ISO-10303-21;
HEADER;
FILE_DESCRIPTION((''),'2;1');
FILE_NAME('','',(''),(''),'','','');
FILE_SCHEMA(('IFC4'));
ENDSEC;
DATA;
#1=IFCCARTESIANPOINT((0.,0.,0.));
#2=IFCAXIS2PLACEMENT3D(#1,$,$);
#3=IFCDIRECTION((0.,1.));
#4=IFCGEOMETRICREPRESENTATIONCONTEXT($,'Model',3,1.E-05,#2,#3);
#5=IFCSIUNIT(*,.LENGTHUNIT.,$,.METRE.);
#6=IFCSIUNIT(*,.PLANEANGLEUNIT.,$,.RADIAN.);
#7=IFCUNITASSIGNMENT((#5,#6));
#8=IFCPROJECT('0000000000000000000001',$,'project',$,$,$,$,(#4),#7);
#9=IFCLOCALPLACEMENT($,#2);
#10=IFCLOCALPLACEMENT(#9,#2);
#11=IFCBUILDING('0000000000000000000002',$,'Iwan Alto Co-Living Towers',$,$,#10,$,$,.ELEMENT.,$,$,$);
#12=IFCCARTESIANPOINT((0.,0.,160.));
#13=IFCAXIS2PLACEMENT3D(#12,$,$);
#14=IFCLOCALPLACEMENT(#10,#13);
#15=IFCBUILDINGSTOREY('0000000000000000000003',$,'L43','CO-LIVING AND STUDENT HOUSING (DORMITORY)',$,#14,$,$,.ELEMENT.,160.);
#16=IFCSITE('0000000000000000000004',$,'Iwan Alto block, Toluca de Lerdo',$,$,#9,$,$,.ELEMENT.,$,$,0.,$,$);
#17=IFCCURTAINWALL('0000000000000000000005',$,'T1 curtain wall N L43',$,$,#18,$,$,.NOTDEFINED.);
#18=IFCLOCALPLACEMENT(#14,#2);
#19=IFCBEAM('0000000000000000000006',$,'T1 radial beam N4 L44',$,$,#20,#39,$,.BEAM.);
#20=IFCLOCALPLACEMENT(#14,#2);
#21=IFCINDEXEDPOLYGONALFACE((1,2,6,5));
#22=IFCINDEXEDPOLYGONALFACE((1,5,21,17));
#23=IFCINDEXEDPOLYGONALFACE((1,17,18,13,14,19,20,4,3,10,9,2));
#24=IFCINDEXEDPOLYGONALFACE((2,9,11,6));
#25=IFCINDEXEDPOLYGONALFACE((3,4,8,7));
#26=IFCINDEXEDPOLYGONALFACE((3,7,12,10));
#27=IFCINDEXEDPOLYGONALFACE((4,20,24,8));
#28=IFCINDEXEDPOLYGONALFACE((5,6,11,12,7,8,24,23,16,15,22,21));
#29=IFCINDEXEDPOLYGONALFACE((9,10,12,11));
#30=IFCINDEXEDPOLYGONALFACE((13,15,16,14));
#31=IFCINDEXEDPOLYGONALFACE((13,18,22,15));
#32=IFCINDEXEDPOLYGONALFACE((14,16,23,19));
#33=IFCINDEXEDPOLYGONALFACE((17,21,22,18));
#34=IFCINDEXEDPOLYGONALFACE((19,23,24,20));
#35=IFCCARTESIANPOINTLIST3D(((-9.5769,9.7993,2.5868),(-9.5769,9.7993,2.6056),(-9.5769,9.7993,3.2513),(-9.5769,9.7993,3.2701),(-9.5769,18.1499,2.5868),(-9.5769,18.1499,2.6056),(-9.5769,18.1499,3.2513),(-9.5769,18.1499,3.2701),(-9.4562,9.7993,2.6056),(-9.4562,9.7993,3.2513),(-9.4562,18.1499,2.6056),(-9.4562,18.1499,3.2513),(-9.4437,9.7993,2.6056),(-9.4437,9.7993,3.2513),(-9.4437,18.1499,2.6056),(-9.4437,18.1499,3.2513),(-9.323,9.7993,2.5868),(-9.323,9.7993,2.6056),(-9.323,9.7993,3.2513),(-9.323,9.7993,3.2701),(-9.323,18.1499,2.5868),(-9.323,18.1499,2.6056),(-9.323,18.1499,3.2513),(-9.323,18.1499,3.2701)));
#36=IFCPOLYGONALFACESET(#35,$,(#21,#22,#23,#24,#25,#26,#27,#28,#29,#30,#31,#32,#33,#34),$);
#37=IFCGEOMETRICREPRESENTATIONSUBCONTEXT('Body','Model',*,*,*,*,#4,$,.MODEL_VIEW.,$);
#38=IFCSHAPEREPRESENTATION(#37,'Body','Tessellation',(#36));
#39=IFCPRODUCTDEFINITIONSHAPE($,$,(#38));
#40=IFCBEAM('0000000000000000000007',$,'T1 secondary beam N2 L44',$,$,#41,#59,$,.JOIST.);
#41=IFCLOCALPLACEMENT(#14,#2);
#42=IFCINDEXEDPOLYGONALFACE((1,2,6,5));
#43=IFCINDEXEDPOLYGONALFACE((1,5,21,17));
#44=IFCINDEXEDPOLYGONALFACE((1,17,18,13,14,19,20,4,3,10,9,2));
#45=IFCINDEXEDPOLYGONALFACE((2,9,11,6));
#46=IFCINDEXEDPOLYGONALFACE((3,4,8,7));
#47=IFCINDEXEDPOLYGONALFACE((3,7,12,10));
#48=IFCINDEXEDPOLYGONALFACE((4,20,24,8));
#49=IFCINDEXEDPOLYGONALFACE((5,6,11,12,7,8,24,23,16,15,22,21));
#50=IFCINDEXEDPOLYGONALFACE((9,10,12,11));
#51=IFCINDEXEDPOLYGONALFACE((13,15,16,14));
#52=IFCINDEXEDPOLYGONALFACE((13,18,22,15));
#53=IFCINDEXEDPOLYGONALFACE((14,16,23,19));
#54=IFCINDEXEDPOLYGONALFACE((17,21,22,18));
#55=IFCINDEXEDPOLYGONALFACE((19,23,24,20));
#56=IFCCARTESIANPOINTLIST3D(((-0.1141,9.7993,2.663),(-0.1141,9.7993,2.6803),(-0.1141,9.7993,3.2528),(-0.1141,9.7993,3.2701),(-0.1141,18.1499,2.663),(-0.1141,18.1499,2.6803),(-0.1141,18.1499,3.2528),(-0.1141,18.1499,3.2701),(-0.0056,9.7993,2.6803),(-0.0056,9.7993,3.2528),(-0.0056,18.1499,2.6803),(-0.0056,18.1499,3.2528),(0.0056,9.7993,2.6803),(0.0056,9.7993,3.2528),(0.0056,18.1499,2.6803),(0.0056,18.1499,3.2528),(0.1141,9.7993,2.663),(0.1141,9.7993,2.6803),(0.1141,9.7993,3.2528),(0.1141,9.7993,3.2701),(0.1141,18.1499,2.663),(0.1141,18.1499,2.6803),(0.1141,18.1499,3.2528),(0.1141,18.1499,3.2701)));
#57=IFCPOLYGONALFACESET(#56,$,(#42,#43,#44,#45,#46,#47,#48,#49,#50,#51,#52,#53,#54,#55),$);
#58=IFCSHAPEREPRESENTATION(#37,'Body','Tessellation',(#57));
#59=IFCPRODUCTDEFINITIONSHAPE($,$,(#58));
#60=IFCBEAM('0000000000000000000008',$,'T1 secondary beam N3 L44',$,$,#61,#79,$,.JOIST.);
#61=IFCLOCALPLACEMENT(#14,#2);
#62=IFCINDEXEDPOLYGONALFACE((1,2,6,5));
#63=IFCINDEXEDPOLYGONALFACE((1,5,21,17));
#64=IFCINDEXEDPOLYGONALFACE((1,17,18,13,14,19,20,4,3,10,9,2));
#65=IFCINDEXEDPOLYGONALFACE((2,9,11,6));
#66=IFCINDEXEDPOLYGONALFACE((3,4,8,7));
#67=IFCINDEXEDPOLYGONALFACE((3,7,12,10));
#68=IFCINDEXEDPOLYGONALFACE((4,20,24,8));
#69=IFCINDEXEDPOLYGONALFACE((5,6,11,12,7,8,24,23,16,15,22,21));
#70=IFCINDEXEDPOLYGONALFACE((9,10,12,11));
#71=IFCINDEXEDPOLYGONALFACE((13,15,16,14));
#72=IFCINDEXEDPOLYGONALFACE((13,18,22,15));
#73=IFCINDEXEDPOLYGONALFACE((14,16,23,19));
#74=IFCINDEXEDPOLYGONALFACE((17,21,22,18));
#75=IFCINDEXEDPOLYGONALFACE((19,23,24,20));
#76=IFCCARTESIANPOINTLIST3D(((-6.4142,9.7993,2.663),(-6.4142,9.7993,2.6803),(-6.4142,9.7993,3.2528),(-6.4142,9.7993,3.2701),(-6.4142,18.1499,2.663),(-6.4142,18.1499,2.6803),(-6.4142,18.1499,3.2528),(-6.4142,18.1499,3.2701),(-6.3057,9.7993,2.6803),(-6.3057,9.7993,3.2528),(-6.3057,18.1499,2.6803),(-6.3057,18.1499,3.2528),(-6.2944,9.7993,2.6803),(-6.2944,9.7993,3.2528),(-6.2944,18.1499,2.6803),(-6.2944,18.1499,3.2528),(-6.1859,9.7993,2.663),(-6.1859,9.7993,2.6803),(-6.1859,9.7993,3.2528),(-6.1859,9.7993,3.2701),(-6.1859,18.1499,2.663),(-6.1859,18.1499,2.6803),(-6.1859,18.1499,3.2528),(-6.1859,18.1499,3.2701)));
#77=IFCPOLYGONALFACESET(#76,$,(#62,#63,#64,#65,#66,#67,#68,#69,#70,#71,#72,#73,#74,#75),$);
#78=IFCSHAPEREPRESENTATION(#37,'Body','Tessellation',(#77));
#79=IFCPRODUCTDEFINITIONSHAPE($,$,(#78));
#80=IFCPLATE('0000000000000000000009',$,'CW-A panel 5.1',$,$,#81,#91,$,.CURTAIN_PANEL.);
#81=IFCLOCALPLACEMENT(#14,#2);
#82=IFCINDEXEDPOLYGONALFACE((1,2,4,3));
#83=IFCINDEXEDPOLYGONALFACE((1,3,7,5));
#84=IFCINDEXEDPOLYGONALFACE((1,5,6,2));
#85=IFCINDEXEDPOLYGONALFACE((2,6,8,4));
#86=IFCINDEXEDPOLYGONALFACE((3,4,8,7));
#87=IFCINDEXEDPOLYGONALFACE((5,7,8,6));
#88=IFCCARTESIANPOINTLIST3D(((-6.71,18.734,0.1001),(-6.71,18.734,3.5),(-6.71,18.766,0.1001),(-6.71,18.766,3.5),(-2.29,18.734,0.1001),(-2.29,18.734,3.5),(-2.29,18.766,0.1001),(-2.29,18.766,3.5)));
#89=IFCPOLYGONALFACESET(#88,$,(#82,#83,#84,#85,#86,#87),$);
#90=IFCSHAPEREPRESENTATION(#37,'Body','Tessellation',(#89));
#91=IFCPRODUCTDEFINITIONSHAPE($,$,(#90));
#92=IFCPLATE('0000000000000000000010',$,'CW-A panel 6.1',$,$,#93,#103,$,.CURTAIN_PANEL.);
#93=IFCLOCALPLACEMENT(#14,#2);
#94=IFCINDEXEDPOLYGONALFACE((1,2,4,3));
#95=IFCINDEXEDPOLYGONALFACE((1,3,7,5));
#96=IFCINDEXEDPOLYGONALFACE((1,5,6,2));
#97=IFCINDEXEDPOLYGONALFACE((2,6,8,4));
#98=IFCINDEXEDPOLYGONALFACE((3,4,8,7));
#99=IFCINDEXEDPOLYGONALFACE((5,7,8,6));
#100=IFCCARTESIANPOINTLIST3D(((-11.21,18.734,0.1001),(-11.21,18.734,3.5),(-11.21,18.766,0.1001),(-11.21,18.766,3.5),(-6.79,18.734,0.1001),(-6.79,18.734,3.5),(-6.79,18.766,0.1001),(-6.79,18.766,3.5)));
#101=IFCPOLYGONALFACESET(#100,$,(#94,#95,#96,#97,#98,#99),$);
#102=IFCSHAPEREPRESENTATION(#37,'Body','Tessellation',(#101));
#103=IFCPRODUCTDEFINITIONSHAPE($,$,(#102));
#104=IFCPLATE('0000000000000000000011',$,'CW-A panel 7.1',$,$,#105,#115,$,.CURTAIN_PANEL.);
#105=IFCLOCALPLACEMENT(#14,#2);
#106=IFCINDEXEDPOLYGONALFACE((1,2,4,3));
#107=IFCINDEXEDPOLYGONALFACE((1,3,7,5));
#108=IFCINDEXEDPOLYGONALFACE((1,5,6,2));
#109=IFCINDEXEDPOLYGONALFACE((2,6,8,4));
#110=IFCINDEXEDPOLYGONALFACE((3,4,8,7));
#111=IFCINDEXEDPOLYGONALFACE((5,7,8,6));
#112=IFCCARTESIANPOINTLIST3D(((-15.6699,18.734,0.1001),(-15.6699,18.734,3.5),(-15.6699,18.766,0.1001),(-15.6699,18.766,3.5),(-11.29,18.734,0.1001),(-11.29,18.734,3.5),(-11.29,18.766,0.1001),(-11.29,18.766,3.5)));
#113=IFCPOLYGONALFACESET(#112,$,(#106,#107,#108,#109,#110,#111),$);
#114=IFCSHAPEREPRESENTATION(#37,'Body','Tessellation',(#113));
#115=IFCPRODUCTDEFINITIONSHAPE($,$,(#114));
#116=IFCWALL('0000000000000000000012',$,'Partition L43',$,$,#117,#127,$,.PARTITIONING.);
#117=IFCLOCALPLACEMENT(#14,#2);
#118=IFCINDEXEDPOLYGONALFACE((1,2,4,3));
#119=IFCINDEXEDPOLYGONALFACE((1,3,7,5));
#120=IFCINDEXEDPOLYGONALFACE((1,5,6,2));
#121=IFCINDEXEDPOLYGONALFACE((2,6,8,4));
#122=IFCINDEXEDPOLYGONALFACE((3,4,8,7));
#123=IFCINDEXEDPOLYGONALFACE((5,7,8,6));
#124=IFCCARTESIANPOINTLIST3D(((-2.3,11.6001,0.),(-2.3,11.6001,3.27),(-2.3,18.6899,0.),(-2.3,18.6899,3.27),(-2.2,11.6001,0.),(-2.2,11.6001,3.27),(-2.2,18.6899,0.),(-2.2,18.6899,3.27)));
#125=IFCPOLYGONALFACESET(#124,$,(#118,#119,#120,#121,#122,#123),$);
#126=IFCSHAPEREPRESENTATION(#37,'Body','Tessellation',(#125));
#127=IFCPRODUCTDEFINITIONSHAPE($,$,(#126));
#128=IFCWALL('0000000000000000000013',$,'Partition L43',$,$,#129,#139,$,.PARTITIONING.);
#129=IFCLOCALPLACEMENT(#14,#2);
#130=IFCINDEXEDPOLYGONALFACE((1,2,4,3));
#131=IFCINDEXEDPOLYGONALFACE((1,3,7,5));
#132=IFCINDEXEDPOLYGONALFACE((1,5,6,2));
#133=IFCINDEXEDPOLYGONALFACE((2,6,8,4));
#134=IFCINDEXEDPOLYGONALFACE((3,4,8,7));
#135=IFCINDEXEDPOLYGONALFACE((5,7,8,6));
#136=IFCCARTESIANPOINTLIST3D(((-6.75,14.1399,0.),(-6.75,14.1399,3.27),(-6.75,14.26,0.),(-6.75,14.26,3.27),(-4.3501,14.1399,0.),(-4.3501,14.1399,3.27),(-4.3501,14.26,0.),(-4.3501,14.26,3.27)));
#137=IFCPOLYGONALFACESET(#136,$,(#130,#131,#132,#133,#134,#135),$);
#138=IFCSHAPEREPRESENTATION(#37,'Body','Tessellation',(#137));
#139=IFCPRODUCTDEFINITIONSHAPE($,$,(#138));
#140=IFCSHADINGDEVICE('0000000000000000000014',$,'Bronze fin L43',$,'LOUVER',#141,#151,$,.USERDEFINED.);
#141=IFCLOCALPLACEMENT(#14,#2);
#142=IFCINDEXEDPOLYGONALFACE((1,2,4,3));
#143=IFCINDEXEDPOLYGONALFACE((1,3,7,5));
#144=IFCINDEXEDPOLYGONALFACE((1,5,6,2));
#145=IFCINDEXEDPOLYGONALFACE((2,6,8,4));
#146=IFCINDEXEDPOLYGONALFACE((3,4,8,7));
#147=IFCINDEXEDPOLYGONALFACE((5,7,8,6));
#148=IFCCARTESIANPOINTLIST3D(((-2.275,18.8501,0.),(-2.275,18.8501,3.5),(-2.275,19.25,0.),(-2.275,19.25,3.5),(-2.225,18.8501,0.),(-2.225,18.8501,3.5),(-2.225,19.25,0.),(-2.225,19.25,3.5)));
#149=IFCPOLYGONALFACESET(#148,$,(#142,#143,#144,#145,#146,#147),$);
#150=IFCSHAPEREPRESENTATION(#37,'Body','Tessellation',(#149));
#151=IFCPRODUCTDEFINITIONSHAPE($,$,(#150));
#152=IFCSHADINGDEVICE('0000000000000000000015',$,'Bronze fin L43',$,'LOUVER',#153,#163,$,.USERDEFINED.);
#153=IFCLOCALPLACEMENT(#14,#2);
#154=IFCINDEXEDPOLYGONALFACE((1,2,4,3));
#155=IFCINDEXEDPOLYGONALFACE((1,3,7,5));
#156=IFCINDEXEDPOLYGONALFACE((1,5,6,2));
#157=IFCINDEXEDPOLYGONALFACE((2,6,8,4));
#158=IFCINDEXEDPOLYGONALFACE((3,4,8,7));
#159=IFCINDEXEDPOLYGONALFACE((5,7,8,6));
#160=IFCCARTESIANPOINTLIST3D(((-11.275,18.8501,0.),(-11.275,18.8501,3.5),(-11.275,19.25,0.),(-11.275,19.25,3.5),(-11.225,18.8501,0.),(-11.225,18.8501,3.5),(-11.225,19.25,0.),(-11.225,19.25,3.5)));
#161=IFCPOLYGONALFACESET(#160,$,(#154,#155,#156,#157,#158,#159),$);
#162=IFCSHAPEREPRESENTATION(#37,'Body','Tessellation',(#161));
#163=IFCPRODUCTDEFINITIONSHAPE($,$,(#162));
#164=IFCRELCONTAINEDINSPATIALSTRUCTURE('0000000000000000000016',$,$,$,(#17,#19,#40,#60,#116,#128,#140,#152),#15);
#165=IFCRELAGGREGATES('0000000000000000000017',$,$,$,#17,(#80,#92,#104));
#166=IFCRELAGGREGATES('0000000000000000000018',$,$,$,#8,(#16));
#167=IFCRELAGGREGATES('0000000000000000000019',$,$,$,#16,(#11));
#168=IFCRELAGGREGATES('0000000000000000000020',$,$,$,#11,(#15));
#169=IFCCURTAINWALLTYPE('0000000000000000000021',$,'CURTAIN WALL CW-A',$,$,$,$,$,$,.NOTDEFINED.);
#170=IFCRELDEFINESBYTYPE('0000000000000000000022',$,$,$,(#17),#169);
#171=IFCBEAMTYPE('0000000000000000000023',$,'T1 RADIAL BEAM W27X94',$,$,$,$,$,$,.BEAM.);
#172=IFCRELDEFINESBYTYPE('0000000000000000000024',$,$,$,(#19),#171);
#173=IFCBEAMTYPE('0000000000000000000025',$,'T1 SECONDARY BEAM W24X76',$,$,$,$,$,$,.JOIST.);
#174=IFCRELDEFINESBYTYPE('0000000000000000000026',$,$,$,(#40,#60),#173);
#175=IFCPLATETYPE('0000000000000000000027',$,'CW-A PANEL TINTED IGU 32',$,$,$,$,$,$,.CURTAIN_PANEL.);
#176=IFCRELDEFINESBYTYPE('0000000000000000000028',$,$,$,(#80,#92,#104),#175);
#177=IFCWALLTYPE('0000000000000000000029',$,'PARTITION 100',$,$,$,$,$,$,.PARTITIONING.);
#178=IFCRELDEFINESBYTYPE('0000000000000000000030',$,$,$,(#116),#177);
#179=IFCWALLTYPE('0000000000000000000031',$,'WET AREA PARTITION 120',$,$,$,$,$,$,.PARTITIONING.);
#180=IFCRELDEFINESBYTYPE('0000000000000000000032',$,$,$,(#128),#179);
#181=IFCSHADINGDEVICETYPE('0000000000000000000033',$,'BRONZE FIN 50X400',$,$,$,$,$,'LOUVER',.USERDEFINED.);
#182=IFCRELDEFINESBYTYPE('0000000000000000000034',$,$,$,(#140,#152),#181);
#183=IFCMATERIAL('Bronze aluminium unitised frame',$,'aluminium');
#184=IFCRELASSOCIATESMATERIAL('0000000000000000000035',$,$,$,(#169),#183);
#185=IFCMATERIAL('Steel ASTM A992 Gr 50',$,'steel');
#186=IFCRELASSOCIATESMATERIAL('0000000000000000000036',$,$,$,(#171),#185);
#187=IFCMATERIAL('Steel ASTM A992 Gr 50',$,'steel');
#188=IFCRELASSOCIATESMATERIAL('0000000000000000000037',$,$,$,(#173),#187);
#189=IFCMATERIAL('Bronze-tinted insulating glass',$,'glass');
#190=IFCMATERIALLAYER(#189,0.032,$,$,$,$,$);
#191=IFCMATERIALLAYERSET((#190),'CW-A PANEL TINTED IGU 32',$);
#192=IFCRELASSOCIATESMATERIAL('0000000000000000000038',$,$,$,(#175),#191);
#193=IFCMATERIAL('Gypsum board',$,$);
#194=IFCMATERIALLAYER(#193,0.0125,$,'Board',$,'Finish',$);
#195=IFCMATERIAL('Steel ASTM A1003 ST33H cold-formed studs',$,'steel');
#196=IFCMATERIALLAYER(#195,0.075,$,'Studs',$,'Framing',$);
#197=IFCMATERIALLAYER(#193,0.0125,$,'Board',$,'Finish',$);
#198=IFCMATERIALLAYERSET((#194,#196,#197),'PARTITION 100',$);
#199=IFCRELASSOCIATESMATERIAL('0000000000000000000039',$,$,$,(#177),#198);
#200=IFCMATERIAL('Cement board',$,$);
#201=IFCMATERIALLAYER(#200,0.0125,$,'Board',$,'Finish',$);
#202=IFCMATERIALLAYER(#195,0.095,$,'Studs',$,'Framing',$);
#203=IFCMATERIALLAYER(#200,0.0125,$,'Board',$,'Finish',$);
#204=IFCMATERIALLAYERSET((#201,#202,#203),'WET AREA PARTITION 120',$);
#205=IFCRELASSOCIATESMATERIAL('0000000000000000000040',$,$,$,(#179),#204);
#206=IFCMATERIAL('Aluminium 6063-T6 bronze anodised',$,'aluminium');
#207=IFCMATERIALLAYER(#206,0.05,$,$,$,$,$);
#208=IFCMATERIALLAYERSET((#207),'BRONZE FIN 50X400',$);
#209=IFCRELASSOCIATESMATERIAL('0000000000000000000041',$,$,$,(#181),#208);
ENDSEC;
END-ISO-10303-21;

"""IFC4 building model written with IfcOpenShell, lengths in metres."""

from ifc_helpers import new_model, si_unit, direction, frame, frame_2d, origin, origin_2d, place, context, subcontext, project, spatial, rectangle, i_section, extrude, material, layer, layer_set, material_profile, profile_set, type_object, element, aggregate, save


model = new_model("IFC4")

# Units and contexts
model_context = context("Model", 3, precision=1e-05, world=origin(), true_north=direction((0.0, 1.0)))
body_context = subcontext(model_context, "Body", "Model", "MODEL_VIEW")
ifc_project = project(units=[si_unit("LENGTHUNIT", "METRE"), si_unit("PLANEANGLEUNIT", "RADIAN")], contexts=[model_context])

# Site, building, storey
site_placement = place(None, origin())
site = spatial("IfcSite", under=ifc_project, at=site_placement, Name="Iwan Alto block, Toluca de Lerdo", CompositionType="ELEMENT", RefElevation=0.0)
building_placement = place(site_placement, origin())
building = spatial("IfcBuilding", under=site, at=building_placement, Name="Iwan Alto Co-Living Towers", CompositionType="ELEMENT")
storey_placement = place(building_placement, frame((0.0, 0.0, 160.0)))
storey = spatial("IfcBuildingStorey", under=building, at=storey_placement, Name="L43", Description="CO-LIVING AND STUDENT HOUSING (DORMITORY)", CompositionType="ELEMENT", Elevation=160.0)

# Curtain wall
ifc_material_1 = material(Name="Bronze aluminium unitised frame", Category="aluminium")
curtain_wall_type = type_object("IfcCurtainWallType", Name="CURTAIN WALL CW-A", PredefinedType="NOTDEFINED", material=ifc_material_1)
curtain_wall_placement = place(storey_placement, origin())
curtain_wall = element("IfcCurtainWall", 1, at=curtain_wall_placement, inside=storey, type_object=curtain_wall_type, Name="T1 curtain wall N L43", PredefinedType="NOTDEFINED")

# Beams
ifc_material_2 = material(Name="Steel ASTM A992 Gr 50", Category="steel")
ifc_material_profile_1 = material_profile(ifc_material_2, i_section(OverallWidth=0.2539, OverallDepth=0.6833, WebThickness=0.0125, FlangeThickness=0.0188, at=origin_2d()), Name="W27X94")
ifc_profile_set_1 = profile_set([ifc_material_profile_1], Name="Steel ASTM A992 Gr 50")
beam_type_1 = type_object("IfcBeamType", Name="T1 RADIAL BEAM W27X94", PredefinedType="BEAM", material=ifc_profile_set_1)
for number, where, z_axis, x_axis, name in (
    (2, (-9.45, 18.1499, 2.9285), (0.0, -1.0, 0.0), (1.0, 0.0, 0.0), "T1 radial beam N4 L44"),
):
    element("IfcBeam", number, at=place(storey_placement, frame(where, z_axis=z_axis, x_axis=x_axis)), inside=storey, type_object=beam_type_1, Name=name, PredefinedType="BEAM", context=body_context, shape_type="SweptSolid", body=[
        extrude(i_section(OverallWidth=0.2539, OverallDepth=0.6833, WebThickness=0.0125, FlangeThickness=0.0188, at=origin_2d()), origin(), (0.0, 0.0, 1.0), 8.3506),
    ])
ifc_material_3 = material(Name="Steel ASTM A992 Gr 50", Category="steel")
ifc_material_profile_2 = material_profile(ifc_material_3, i_section(OverallWidth=0.2283, OverallDepth=0.6072, WebThickness=0.0112, FlangeThickness=0.0173, at=origin_2d()), Name="W24X76")
ifc_profile_set_2 = profile_set([ifc_material_profile_2], Name="Steel ASTM A992 Gr 50")
beam_type_2 = type_object("IfcBeamType", Name="T1 SECONDARY BEAM W24X76", PredefinedType="JOIST", material=ifc_profile_set_2)
for number, where, z_axis, x_axis, name in (
    (3, (0.0, 18.1499, 2.9666), (0.0, -1.0, 0.0), (1.0, 0.0, 0.0), "T1 secondary beam N2 L44"),
    (4, (-6.3, 18.1499, 2.9666), (0.0, -1.0, 0.0), (1.0, 0.0, 0.0), "T1 secondary beam N3 L44"),
):
    element("IfcBeam", number, at=place(storey_placement, frame(where, z_axis=z_axis, x_axis=x_axis)), inside=storey, type_object=beam_type_2, Name=name, PredefinedType="JOIST", context=body_context, shape_type="SweptSolid", body=[
        extrude(i_section(OverallWidth=0.2283, OverallDepth=0.6072, WebThickness=0.0112, FlangeThickness=0.0173, at=origin_2d()), origin(), (0.0, 0.0, 1.0), 8.3506),
    ])

# Plates
ifc_material_4 = material(Name="Bronze-tinted insulating glass", Category="glass")
ifc_layer_1 = layer(ifc_material_4, 0.032)
ifc_layer_set_1 = layer_set([ifc_layer_1], Name="CW-A PANEL TINTED IGU 32")
plate_type = type_object("IfcPlateType", Name="CW-A PANEL TINTED IGU 32", PredefinedType="CURTAIN_PANEL", material=ifc_layer_set_1)
plate_1_placement = place(storey_placement, frame((-4.5, 18.75, 0.1001), z_axis=(0.0, 0.0, 1.0), x_axis=(-1.0, 0.0, 0.0)))
plate_1 = element("IfcPlate", 5, at=plate_1_placement, type_object=plate_type, Name="CW-A panel 5.1", PredefinedType="CURTAIN_PANEL", context=body_context, shape_type="SweptSolid", body=[
    extrude(rectangle(XDim=4.4199, YDim=0.032, at=origin_2d()), origin(), (0.0, 0.0, 1.0), 3.3999),
])
plate_2_placement = place(storey_placement, frame((-9.0, 18.75, 0.1001), z_axis=(0.0, 0.0, 1.0), x_axis=(-1.0, 0.0, 0.0)))
plate_2 = element("IfcPlate", 6, at=plate_2_placement, type_object=plate_type, Name="CW-A panel 6.1", PredefinedType="CURTAIN_PANEL", context=body_context, shape_type="SweptSolid", body=[
    extrude(rectangle(XDim=4.4199, YDim=0.032, at=origin_2d()), origin(), (0.0, 0.0, 1.0), 3.3999),
])
plate_3_placement = place(storey_placement, frame((-13.48, 18.75, 0.1001), z_axis=(0.0, 0.0, 1.0), x_axis=(-1.0, 0.0, 0.0)))
plate_3 = element("IfcPlate", 7, at=plate_3_placement, type_object=plate_type, Name="CW-A panel 7.1", PredefinedType="CURTAIN_PANEL", context=body_context, shape_type="SweptSolid", body=[
    extrude(rectangle(XDim=4.3799, YDim=0.032, at=origin_2d()), origin(), (0.0, 0.0, 1.0), 3.3999),
])
aggregate(curtain_wall, [plate_1, plate_2, plate_3])

# Walls
ifc_material_5 = material(Name="Gypsum board")
ifc_layer_2 = layer(ifc_material_5, 0.0125, Name="Board", Category="Finish")
ifc_material_6 = material(Name="Steel ASTM A1003 ST33H cold-formed studs", Category="steel")
ifc_layer_3 = layer(ifc_material_6, 0.075, Name="Studs", Category="Framing")
ifc_layer_4 = layer(ifc_material_5, 0.0125, Name="Board", Category="Finish")
ifc_layer_set_2 = layer_set([ifc_layer_2, ifc_layer_3, ifc_layer_4], Name="PARTITION 100")
wall_type_1 = type_object("IfcWallType", Name="PARTITION 100", PredefinedType="PARTITIONING", material=ifc_layer_set_2)
wall_1_placement = place(storey_placement, frame((-2.25, 11.6001, 0.0), z_axis=(0.0, 0.0, 1.0), x_axis=(0.0, 1.0, 0.0)))
element("IfcWall", 8, at=wall_1_placement, inside=storey, type_object=wall_type_1, Name="Partition L43", PredefinedType="PARTITIONING", context=body_context, shape_type="SweptSolid", body=[
    extrude(rectangle(XDim=7.0898, YDim=0.1001, at=frame_2d((3.5449, 0.0))), origin(), (0.0, 0.0, 1.0), 3.27),
])
ifc_material_7 = material(Name="Cement board")
ifc_layer_5 = layer(ifc_material_7, 0.0125, Name="Board", Category="Finish")
ifc_layer_6 = layer(ifc_material_6, 0.095, Name="Studs", Category="Framing")
ifc_layer_7 = layer(ifc_material_7, 0.0125, Name="Board", Category="Finish")
ifc_layer_set_3 = layer_set([ifc_layer_5, ifc_layer_6, ifc_layer_7], Name="WET AREA PARTITION 120")
wall_type_2 = type_object("IfcWallType", Name="WET AREA PARTITION 120", PredefinedType="PARTITIONING", material=ifc_layer_set_3)
wall_2_placement = place(storey_placement, frame((-6.75, 14.2, 0.0), z_axis=(0.0, 0.0, 1.0), x_axis=(1.0, 0.0, 0.0)))
element("IfcWall", 9, at=wall_2_placement, inside=storey, type_object=wall_type_2, Name="Partition L43", PredefinedType="PARTITIONING", context=body_context, shape_type="SweptSolid", body=[
    extrude(rectangle(XDim=2.3999, YDim=0.1201, at=frame_2d((1.2, 0.0))), origin(), (0.0, 0.0, 1.0), 3.27),
])

# Shading devices
ifc_material_8 = material(Name="Aluminium 6063-T6 bronze anodised", Category="aluminium")
ifc_layer_8 = layer(ifc_material_8, 0.05)
ifc_layer_set_4 = layer_set([ifc_layer_8], Name="BRONZE FIN 50X400")
shading_device_type = type_object("IfcShadingDeviceType", Name="BRONZE FIN 50X400", ElementType="LOUVER", PredefinedType="USERDEFINED", material=ifc_layer_set_4)
for number, where, z_axis, x_axis, name in (
    (10, (-2.25, 19.05, 0.0), (0.0, 0.0, 1.0), (-1.0, 0.0, 0.0), "Bronze fin L43"),
    (11, (-11.25, 19.05, 0.0), (0.0, 0.0, 1.0), (-1.0, 0.0, 0.0), "Bronze fin L43"),
):
    element("IfcShadingDevice", number, at=place(storey_placement, frame(where, z_axis=z_axis, x_axis=x_axis)), inside=storey, type_object=shading_device_type, Name=name, ObjectType="LOUVER", PredefinedType="USERDEFINED", context=body_context, shape_type="SweptSolid", body=[
        extrude(rectangle(XDim=0.05, YDim=0.3999, at=origin_2d()), origin(), (0.0, 0.0, 1.0), 3.5),
    ])

save(model, "model.ifc")
